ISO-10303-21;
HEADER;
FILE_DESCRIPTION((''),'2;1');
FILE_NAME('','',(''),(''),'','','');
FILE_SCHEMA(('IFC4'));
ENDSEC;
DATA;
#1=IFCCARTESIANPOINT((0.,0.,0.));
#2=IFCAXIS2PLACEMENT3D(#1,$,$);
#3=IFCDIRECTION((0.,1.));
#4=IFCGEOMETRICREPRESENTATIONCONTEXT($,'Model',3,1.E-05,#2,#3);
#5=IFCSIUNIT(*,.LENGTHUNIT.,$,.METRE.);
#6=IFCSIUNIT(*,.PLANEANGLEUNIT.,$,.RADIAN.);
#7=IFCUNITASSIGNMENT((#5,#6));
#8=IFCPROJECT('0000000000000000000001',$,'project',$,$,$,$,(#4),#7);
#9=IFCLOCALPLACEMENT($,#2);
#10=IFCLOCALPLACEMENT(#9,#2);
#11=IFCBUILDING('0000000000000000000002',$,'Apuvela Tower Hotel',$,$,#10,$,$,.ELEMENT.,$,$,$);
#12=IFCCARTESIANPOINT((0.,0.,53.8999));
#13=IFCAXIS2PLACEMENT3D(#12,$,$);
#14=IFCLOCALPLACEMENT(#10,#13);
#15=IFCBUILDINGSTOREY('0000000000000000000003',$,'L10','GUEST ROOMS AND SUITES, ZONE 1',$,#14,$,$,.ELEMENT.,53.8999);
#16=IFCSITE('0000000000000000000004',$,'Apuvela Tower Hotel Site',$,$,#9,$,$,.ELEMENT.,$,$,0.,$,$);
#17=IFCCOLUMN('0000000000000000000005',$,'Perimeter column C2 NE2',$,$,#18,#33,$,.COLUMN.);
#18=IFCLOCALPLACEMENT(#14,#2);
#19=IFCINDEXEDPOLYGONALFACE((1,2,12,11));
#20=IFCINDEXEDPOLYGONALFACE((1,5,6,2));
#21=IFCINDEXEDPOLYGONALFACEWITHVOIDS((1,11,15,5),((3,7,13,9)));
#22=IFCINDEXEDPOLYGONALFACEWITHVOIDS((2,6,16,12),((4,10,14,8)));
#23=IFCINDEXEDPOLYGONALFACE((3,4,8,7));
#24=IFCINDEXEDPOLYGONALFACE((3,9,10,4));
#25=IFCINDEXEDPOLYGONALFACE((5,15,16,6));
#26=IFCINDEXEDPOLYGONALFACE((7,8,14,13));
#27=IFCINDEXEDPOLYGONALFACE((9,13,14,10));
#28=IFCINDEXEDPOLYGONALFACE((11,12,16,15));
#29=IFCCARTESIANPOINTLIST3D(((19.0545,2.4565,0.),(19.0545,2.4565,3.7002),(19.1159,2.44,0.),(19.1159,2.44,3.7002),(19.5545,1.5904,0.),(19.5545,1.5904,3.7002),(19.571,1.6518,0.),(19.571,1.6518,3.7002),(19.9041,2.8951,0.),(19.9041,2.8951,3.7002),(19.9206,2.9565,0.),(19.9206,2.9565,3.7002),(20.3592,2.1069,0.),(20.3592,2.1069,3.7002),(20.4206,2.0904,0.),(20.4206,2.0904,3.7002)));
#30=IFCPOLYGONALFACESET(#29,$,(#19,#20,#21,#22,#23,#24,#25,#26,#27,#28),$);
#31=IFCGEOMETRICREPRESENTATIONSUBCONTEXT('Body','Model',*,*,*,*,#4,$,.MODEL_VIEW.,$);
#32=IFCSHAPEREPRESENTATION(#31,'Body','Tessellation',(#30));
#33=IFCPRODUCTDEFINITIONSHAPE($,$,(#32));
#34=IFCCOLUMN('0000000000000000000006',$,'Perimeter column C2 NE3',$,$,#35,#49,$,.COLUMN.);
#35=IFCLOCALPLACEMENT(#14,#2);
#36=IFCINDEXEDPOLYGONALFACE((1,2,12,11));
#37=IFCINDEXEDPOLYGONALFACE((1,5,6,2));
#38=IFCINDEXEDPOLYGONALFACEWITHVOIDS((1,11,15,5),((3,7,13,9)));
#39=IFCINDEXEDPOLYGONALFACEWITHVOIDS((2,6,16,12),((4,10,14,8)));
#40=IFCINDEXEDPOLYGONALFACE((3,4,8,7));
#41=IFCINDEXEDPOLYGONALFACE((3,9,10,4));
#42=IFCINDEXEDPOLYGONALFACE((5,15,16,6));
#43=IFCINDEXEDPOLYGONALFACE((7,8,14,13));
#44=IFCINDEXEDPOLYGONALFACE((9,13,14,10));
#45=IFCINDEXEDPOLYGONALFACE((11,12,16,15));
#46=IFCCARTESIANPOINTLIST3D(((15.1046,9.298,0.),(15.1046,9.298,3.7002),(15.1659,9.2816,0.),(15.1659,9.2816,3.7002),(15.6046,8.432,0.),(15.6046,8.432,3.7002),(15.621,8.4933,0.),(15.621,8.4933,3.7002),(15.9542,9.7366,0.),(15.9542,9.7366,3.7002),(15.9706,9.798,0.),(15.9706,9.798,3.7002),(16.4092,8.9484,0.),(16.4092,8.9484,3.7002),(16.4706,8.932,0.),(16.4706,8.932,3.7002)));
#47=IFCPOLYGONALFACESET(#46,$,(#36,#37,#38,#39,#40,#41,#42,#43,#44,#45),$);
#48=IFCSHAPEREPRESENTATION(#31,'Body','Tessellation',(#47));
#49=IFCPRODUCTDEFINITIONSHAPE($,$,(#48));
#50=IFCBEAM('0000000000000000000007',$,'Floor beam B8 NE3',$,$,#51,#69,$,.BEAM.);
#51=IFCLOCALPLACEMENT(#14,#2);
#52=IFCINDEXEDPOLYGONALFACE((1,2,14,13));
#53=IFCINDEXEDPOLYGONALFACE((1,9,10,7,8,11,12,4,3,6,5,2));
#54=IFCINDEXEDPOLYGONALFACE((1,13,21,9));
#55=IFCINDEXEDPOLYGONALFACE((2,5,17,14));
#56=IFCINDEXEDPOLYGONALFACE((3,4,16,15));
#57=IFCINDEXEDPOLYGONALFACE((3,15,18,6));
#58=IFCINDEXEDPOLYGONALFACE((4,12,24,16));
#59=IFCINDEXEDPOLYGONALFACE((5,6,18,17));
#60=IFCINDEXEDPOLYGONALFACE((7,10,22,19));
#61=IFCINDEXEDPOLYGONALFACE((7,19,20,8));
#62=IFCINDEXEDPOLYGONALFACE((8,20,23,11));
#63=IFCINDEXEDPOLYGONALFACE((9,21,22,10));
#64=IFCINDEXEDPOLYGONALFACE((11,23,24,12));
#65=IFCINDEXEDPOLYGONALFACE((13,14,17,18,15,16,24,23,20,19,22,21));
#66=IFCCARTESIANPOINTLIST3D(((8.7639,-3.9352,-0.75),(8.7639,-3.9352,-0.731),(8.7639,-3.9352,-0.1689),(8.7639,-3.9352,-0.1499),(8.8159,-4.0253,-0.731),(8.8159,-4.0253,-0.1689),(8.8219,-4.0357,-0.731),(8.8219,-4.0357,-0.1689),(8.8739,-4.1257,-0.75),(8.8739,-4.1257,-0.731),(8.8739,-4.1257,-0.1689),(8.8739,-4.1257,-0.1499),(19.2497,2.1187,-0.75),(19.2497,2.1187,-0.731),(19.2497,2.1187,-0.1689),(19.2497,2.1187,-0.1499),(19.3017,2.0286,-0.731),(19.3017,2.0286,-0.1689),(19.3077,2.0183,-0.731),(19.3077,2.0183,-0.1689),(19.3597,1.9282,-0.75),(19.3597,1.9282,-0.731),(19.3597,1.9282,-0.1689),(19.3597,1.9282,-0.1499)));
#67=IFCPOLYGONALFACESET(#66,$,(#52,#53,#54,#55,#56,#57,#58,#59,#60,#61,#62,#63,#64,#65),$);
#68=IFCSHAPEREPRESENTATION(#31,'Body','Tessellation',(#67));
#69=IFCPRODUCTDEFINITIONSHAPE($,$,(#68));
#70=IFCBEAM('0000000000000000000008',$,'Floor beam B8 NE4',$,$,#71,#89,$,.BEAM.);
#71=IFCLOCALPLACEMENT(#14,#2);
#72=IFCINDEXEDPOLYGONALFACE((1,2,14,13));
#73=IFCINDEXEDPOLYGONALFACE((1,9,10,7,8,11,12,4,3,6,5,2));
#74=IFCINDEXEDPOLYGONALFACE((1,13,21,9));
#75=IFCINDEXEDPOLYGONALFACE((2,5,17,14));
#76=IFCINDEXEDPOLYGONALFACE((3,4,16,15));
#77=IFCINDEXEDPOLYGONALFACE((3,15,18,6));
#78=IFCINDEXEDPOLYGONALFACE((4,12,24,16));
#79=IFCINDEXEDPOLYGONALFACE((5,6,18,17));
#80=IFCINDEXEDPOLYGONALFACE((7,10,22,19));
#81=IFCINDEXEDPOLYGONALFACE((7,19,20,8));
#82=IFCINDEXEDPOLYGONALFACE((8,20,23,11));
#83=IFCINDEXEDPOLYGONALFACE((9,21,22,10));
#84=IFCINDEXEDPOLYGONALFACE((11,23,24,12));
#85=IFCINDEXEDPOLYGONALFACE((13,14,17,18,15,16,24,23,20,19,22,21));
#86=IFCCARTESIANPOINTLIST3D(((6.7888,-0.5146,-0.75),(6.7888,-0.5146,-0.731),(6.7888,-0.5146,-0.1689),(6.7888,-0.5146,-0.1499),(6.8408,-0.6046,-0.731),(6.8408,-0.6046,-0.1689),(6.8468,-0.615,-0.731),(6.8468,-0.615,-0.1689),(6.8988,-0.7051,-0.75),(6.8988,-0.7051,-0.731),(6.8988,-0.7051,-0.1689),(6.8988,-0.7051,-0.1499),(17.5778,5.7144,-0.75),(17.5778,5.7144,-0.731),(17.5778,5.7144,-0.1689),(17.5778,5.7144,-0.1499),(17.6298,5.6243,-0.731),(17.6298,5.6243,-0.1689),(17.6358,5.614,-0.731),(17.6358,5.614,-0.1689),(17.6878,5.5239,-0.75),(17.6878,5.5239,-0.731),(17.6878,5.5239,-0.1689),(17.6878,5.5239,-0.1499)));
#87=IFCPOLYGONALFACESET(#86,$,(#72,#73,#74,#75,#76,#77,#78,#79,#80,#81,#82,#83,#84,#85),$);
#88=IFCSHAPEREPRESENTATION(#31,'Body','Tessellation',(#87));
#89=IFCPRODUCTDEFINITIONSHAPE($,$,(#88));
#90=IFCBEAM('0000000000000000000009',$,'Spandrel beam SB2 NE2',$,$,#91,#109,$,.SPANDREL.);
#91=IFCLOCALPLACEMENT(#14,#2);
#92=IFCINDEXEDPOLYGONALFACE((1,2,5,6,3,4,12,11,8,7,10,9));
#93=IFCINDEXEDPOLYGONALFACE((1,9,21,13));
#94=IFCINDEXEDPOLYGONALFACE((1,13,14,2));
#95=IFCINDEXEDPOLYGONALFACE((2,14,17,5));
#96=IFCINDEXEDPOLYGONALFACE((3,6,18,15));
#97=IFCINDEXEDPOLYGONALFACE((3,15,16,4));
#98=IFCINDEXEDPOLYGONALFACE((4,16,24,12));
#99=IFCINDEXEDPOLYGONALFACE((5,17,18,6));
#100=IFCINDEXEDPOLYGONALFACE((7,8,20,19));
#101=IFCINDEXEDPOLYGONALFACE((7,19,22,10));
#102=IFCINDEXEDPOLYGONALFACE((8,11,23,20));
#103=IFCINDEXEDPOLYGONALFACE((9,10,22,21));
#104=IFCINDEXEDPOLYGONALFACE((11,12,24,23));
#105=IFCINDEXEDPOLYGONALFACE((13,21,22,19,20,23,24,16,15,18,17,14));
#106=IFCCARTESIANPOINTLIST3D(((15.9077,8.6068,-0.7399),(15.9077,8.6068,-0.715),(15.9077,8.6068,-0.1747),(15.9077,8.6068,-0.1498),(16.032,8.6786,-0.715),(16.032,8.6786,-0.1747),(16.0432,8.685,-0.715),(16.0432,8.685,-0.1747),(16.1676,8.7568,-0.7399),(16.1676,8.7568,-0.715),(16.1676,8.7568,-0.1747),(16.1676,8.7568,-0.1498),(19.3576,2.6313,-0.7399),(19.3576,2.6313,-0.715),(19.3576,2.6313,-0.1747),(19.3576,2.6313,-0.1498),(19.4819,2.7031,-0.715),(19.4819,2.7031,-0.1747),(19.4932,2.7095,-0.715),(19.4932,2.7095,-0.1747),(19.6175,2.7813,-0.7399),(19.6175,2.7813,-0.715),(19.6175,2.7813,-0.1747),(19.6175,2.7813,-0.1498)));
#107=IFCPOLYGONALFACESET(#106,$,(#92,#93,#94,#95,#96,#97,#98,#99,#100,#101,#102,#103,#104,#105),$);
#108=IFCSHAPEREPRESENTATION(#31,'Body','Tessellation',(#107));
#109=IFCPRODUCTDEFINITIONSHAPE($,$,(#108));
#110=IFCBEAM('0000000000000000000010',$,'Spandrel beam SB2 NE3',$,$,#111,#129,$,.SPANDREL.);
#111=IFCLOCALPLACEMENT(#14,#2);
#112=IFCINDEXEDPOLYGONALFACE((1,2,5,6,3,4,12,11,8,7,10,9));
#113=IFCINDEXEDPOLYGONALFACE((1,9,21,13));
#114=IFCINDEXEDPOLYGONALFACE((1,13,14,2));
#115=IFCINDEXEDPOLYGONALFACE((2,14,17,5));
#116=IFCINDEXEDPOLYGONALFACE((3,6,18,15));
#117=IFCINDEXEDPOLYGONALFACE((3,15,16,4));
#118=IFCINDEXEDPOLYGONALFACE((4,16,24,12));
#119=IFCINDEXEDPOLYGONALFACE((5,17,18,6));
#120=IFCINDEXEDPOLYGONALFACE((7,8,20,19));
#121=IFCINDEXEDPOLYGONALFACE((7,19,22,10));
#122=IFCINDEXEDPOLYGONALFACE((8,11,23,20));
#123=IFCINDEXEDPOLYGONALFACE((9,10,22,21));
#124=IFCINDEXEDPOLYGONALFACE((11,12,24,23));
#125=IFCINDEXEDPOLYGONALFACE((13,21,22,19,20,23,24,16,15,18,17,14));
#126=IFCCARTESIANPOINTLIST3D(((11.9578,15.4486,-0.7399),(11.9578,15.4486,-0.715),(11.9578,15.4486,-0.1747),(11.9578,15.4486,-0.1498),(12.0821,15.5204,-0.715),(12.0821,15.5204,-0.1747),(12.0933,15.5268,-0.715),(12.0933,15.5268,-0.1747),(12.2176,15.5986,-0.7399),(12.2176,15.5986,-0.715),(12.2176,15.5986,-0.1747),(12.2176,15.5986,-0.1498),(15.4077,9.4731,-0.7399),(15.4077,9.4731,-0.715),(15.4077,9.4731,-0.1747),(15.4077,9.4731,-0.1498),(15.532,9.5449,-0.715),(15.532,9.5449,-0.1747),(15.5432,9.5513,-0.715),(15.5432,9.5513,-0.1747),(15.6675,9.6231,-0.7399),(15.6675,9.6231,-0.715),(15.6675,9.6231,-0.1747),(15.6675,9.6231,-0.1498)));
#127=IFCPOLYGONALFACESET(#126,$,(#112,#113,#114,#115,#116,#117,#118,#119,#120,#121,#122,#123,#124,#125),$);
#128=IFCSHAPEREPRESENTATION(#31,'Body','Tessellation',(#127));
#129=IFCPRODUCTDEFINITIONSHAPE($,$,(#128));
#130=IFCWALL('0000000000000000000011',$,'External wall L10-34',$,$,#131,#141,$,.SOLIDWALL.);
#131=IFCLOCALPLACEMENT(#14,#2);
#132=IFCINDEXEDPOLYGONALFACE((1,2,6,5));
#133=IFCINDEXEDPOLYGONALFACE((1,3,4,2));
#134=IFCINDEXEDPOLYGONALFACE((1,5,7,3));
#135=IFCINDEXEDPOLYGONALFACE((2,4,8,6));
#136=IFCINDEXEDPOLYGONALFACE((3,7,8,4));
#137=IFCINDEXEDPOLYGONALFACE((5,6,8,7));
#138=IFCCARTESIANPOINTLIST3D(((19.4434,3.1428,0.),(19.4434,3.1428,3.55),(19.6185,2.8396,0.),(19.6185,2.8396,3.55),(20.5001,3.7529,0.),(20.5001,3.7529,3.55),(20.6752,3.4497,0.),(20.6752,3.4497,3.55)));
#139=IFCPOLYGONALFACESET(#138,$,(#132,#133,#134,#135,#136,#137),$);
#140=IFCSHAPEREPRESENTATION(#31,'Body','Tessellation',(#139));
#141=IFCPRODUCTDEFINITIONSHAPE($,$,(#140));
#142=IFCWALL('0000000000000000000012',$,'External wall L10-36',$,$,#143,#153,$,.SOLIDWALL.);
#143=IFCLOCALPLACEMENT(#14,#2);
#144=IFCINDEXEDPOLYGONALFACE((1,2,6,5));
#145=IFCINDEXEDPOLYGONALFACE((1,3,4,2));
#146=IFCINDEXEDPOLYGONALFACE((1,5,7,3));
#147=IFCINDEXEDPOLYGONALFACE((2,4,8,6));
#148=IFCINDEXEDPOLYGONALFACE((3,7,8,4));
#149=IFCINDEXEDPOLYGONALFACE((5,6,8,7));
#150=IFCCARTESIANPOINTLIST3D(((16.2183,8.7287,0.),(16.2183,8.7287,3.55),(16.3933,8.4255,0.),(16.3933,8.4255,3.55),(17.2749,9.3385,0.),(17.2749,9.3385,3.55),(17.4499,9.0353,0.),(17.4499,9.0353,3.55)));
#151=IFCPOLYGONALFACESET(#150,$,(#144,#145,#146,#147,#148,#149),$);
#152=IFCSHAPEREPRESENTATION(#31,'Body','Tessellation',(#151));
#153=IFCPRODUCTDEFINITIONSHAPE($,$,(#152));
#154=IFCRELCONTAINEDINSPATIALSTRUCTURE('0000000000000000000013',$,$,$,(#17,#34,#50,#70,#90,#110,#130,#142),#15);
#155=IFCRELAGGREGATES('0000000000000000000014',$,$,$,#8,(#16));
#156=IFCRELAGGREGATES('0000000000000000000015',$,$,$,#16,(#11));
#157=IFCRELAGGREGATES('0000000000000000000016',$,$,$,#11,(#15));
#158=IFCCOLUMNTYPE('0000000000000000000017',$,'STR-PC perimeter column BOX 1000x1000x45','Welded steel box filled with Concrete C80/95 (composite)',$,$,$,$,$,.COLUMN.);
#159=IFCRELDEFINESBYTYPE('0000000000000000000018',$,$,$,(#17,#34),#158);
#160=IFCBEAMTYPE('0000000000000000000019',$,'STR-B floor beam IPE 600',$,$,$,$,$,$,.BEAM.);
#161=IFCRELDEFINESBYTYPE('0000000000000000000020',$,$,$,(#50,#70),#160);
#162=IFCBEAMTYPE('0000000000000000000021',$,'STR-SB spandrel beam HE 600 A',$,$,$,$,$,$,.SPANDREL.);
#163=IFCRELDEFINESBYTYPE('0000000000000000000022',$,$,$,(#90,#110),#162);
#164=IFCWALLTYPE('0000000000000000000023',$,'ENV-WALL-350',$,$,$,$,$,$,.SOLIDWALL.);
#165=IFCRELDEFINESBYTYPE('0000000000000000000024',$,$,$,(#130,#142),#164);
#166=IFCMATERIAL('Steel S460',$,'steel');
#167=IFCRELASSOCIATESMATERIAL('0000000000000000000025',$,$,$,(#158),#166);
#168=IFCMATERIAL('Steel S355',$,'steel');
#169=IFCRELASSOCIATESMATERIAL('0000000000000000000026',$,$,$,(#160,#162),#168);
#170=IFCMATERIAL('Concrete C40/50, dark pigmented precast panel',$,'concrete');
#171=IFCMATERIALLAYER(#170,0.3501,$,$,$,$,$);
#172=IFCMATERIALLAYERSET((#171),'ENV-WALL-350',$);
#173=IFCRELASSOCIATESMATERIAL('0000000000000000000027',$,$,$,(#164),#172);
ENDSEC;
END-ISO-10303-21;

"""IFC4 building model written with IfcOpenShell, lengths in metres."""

from ifc_helpers import new_model, si_unit, direction, frame, frame_2d, origin, origin_2d, place, context, subcontext, project, spatial, rectangle, hollow_rectangle, i_section, extrude, material, layer, layer_set, material_profile, profile_set, type_object, element, save


model = new_model("IFC4")

# Units and contexts
model_context = context("Model", 3, precision=1e-05, world=origin(), true_north=direction((0.0, 1.0)))
body_context = subcontext(model_context, "Body", "Model", "MODEL_VIEW")
ifc_project = project(units=[si_unit("LENGTHUNIT", "METRE"), si_unit("PLANEANGLEUNIT", "RADIAN")], contexts=[model_context])

# Site, building, storey
site_placement = place(None, origin())
site = spatial("IfcSite", under=ifc_project, at=site_placement, Name="Apuvela Tower Hotel Site", CompositionType="ELEMENT", RefElevation=0.0)
building_placement = place(site_placement, origin())
building = spatial("IfcBuilding", under=site, at=building_placement, Name="Apuvela Tower Hotel", CompositionType="ELEMENT")
storey_placement = place(building_placement, frame((0.0, 0.0, 53.8999)))
storey = spatial("IfcBuildingStorey", under=building, at=storey_placement, Name="L10", Description="GUEST ROOMS AND SUITES, ZONE 1", CompositionType="ELEMENT", Elevation=53.8999)

# Columns
ifc_material_1 = material(Name="Steel S460", Category="steel")
ifc_material_profile_1 = material_profile(ifc_material_1, hollow_rectangle(XDim=1.0, YDim=1.0, WallThickness=0.0449, at=origin_2d()), Name="BOX 1000x1000x45")
ifc_material_2 = material(Name="Concrete C80/95", Category="concrete")
ifc_material_profile_2 = material_profile(ifc_material_2, rectangle(XDim=0.9099, YDim=0.9099, at=origin_2d()), Name="Concrete C80/95 infill")
ifc_profile_set_1 = profile_set([ifc_material_profile_1, ifc_material_profile_2], Name="Steel S460")
column_type = type_object("IfcColumnType", Name="STR-PC perimeter column BOX 1000x1000x45", Description="Welded steel box filled with Concrete C80/95 (composite)", PredefinedType="COLUMN", material=ifc_profile_set_1)
for number, where, z_axis, x_axis, name in (
    (1, (19.7375, 2.2734, 0.0), (0.0, 0.0, 1.0), (-0.5, 0.866025, 0.0), "Perimeter column C2 NE2"),
    (2, (15.7876, 9.115, 0.0), (0.0, 0.0, 1.0), (-0.5, 0.866025, 0.0), "Perimeter column C2 NE3"),
):
    element("IfcColumn", number, at=place(storey_placement, frame(where, z_axis=z_axis, x_axis=x_axis)), inside=storey, type_object=column_type, Name=name, PredefinedType="COLUMN", context=body_context, shape_type="SweptSolid", body=[
        extrude(hollow_rectangle(XDim=1.0, YDim=1.0, WallThickness=0.0449, at=origin_2d()), origin(), (0.0, 0.0, 1.0), 3.7002),
    ])

# Beams
ifc_material_3 = material(Name="Steel S355", Category="steel")
ifc_material_profile_3 = material_profile(ifc_material_3, i_section(OverallWidth=0.22, OverallDepth=0.6001, WebThickness=0.012, FlangeThickness=0.019, at=origin_2d()), Name="IPE 600")
ifc_profile_set_2 = profile_set([ifc_material_profile_3], Name="Steel S355")
beam_type_1 = type_object("IfcBeamType", Name="STR-B floor beam IPE 600", PredefinedType="BEAM", material=ifc_profile_set_2)
beam_1_placement = place(storey_placement, frame((19.3047, 2.0234, -0.45), z_axis=(-0.866027, -0.499997, 0.0), x_axis=(0.499997, -0.866027, 0.0)))
element("IfcBeam", 3, at=beam_1_placement, inside=storey, type_object=beam_type_1, Name="Floor beam B8 NE3", PredefinedType="BEAM", context=body_context, shape_type="SweptSolid", body=[
    extrude(i_section(OverallWidth=0.22, OverallDepth=0.6001, WebThickness=0.012, FlangeThickness=0.019, at=origin_2d()), origin(), (0.0, 0.0, 1.0), 12.1079),
])
beam_2_placement = place(storey_placement, frame((17.6328, 5.6191, -0.45), z_axis=(-0.866028, -0.499996, 0.0), x_axis=(0.499996, -0.866028, 0.0)))
element("IfcBeam", 4, at=beam_2_placement, inside=storey, type_object=beam_type_1, Name="Floor beam B8 NE4", PredefinedType="BEAM", context=body_context, shape_type="SweptSolid", body=[
    extrude(i_section(OverallWidth=0.22, OverallDepth=0.6001, WebThickness=0.012, FlangeThickness=0.019, at=origin_2d()), origin(), (0.0, 0.0, 1.0), 12.458),
])
ifc_material_profile_4 = material_profile(ifc_material_3, i_section(OverallWidth=0.3, OverallDepth=0.5901, WebThickness=0.0129, FlangeThickness=0.0249, at=origin_2d()), Name="HE 600 A")
ifc_profile_set_3 = profile_set([ifc_material_profile_4], Name="Steel S355")
beam_type_2 = type_object("IfcBeamType", Name="STR-SB spandrel beam HE 600 A", PredefinedType="SPANDREL", material=ifc_profile_set_3)
for number, where, z_axis, x_axis, name in (
    (5, (19.4875, 2.7063, -0.4448), (-0.499994, 0.866029, 0.0), (-0.866029, -0.499994, 0.0), "Spandrel beam SB2 NE2"),
    (6, (15.5376, 9.5481, -0.4448), (-0.499994, 0.866029, 0.0), (-0.866029, -0.499994, 0.0), "Spandrel beam SB2 NE3"),
):
    element("IfcBeam", number, at=place(storey_placement, frame(where, z_axis=z_axis, x_axis=x_axis)), inside=storey, type_object=beam_type_2, Name=name, PredefinedType="SPANDREL", context=body_context, shape_type="SweptSolid", body=[
        extrude(i_section(OverallWidth=0.3, OverallDepth=0.5901, WebThickness=0.0129, FlangeThickness=0.0249, at=origin_2d()), origin(), (0.0, 0.0, 1.0), 6.8999),
    ])

# Wall
ifc_material_4 = material(Name="Concrete C40/50, dark pigmented precast panel", Category="concrete")
ifc_layer_1 = layer(ifc_material_4, 0.3501)
ifc_layer_set_1 = layer_set([ifc_layer_1], Name="ENV-WALL-350")
wall_type_1 = type_object("IfcWallType", Name="ENV-WALL-350", PredefinedType="SOLIDWALL", material=ifc_layer_set_1)
wall_1_placement = place(storey_placement, frame((20.5876, 3.6013, 0.0), z_axis=(0.0, 0.0, 1.0), x_axis=(-0.866006, -0.500034, 0.0)))
element("IfcWall", 7, at=wall_1_placement, inside=storey, type_object=wall_type_1, Name="External wall L10-34", PredefinedType="SOLIDWALL", context=body_context, shape_type="SweptSolid", body=[
    extrude(rectangle(XDim=1.2202, YDim=0.3501, at=frame_2d((0.6101, 0.0))), origin(), (0.0, 0.0, 1.0), 3.55),
])

# Wall
wall_2_placement = place(storey_placement, frame((16.3059, 8.5771, 0.0), z_axis=(0.0, 0.0, 1.0), x_axis=(0.866092, 0.499884, 0.0)))
element("IfcWall", 8, at=wall_2_placement, inside=storey, type_object=wall_type_1, Name="External wall L10-36", PredefinedType="SOLIDWALL", context=body_context, shape_type="SweptSolid", body=[
    extrude(rectangle(XDim=1.22, YDim=0.3501, at=frame_2d((0.6099, 0.0))), origin(), (0.0, 0.0, 1.0), 3.55),
])

save(model, "model.ifc")
